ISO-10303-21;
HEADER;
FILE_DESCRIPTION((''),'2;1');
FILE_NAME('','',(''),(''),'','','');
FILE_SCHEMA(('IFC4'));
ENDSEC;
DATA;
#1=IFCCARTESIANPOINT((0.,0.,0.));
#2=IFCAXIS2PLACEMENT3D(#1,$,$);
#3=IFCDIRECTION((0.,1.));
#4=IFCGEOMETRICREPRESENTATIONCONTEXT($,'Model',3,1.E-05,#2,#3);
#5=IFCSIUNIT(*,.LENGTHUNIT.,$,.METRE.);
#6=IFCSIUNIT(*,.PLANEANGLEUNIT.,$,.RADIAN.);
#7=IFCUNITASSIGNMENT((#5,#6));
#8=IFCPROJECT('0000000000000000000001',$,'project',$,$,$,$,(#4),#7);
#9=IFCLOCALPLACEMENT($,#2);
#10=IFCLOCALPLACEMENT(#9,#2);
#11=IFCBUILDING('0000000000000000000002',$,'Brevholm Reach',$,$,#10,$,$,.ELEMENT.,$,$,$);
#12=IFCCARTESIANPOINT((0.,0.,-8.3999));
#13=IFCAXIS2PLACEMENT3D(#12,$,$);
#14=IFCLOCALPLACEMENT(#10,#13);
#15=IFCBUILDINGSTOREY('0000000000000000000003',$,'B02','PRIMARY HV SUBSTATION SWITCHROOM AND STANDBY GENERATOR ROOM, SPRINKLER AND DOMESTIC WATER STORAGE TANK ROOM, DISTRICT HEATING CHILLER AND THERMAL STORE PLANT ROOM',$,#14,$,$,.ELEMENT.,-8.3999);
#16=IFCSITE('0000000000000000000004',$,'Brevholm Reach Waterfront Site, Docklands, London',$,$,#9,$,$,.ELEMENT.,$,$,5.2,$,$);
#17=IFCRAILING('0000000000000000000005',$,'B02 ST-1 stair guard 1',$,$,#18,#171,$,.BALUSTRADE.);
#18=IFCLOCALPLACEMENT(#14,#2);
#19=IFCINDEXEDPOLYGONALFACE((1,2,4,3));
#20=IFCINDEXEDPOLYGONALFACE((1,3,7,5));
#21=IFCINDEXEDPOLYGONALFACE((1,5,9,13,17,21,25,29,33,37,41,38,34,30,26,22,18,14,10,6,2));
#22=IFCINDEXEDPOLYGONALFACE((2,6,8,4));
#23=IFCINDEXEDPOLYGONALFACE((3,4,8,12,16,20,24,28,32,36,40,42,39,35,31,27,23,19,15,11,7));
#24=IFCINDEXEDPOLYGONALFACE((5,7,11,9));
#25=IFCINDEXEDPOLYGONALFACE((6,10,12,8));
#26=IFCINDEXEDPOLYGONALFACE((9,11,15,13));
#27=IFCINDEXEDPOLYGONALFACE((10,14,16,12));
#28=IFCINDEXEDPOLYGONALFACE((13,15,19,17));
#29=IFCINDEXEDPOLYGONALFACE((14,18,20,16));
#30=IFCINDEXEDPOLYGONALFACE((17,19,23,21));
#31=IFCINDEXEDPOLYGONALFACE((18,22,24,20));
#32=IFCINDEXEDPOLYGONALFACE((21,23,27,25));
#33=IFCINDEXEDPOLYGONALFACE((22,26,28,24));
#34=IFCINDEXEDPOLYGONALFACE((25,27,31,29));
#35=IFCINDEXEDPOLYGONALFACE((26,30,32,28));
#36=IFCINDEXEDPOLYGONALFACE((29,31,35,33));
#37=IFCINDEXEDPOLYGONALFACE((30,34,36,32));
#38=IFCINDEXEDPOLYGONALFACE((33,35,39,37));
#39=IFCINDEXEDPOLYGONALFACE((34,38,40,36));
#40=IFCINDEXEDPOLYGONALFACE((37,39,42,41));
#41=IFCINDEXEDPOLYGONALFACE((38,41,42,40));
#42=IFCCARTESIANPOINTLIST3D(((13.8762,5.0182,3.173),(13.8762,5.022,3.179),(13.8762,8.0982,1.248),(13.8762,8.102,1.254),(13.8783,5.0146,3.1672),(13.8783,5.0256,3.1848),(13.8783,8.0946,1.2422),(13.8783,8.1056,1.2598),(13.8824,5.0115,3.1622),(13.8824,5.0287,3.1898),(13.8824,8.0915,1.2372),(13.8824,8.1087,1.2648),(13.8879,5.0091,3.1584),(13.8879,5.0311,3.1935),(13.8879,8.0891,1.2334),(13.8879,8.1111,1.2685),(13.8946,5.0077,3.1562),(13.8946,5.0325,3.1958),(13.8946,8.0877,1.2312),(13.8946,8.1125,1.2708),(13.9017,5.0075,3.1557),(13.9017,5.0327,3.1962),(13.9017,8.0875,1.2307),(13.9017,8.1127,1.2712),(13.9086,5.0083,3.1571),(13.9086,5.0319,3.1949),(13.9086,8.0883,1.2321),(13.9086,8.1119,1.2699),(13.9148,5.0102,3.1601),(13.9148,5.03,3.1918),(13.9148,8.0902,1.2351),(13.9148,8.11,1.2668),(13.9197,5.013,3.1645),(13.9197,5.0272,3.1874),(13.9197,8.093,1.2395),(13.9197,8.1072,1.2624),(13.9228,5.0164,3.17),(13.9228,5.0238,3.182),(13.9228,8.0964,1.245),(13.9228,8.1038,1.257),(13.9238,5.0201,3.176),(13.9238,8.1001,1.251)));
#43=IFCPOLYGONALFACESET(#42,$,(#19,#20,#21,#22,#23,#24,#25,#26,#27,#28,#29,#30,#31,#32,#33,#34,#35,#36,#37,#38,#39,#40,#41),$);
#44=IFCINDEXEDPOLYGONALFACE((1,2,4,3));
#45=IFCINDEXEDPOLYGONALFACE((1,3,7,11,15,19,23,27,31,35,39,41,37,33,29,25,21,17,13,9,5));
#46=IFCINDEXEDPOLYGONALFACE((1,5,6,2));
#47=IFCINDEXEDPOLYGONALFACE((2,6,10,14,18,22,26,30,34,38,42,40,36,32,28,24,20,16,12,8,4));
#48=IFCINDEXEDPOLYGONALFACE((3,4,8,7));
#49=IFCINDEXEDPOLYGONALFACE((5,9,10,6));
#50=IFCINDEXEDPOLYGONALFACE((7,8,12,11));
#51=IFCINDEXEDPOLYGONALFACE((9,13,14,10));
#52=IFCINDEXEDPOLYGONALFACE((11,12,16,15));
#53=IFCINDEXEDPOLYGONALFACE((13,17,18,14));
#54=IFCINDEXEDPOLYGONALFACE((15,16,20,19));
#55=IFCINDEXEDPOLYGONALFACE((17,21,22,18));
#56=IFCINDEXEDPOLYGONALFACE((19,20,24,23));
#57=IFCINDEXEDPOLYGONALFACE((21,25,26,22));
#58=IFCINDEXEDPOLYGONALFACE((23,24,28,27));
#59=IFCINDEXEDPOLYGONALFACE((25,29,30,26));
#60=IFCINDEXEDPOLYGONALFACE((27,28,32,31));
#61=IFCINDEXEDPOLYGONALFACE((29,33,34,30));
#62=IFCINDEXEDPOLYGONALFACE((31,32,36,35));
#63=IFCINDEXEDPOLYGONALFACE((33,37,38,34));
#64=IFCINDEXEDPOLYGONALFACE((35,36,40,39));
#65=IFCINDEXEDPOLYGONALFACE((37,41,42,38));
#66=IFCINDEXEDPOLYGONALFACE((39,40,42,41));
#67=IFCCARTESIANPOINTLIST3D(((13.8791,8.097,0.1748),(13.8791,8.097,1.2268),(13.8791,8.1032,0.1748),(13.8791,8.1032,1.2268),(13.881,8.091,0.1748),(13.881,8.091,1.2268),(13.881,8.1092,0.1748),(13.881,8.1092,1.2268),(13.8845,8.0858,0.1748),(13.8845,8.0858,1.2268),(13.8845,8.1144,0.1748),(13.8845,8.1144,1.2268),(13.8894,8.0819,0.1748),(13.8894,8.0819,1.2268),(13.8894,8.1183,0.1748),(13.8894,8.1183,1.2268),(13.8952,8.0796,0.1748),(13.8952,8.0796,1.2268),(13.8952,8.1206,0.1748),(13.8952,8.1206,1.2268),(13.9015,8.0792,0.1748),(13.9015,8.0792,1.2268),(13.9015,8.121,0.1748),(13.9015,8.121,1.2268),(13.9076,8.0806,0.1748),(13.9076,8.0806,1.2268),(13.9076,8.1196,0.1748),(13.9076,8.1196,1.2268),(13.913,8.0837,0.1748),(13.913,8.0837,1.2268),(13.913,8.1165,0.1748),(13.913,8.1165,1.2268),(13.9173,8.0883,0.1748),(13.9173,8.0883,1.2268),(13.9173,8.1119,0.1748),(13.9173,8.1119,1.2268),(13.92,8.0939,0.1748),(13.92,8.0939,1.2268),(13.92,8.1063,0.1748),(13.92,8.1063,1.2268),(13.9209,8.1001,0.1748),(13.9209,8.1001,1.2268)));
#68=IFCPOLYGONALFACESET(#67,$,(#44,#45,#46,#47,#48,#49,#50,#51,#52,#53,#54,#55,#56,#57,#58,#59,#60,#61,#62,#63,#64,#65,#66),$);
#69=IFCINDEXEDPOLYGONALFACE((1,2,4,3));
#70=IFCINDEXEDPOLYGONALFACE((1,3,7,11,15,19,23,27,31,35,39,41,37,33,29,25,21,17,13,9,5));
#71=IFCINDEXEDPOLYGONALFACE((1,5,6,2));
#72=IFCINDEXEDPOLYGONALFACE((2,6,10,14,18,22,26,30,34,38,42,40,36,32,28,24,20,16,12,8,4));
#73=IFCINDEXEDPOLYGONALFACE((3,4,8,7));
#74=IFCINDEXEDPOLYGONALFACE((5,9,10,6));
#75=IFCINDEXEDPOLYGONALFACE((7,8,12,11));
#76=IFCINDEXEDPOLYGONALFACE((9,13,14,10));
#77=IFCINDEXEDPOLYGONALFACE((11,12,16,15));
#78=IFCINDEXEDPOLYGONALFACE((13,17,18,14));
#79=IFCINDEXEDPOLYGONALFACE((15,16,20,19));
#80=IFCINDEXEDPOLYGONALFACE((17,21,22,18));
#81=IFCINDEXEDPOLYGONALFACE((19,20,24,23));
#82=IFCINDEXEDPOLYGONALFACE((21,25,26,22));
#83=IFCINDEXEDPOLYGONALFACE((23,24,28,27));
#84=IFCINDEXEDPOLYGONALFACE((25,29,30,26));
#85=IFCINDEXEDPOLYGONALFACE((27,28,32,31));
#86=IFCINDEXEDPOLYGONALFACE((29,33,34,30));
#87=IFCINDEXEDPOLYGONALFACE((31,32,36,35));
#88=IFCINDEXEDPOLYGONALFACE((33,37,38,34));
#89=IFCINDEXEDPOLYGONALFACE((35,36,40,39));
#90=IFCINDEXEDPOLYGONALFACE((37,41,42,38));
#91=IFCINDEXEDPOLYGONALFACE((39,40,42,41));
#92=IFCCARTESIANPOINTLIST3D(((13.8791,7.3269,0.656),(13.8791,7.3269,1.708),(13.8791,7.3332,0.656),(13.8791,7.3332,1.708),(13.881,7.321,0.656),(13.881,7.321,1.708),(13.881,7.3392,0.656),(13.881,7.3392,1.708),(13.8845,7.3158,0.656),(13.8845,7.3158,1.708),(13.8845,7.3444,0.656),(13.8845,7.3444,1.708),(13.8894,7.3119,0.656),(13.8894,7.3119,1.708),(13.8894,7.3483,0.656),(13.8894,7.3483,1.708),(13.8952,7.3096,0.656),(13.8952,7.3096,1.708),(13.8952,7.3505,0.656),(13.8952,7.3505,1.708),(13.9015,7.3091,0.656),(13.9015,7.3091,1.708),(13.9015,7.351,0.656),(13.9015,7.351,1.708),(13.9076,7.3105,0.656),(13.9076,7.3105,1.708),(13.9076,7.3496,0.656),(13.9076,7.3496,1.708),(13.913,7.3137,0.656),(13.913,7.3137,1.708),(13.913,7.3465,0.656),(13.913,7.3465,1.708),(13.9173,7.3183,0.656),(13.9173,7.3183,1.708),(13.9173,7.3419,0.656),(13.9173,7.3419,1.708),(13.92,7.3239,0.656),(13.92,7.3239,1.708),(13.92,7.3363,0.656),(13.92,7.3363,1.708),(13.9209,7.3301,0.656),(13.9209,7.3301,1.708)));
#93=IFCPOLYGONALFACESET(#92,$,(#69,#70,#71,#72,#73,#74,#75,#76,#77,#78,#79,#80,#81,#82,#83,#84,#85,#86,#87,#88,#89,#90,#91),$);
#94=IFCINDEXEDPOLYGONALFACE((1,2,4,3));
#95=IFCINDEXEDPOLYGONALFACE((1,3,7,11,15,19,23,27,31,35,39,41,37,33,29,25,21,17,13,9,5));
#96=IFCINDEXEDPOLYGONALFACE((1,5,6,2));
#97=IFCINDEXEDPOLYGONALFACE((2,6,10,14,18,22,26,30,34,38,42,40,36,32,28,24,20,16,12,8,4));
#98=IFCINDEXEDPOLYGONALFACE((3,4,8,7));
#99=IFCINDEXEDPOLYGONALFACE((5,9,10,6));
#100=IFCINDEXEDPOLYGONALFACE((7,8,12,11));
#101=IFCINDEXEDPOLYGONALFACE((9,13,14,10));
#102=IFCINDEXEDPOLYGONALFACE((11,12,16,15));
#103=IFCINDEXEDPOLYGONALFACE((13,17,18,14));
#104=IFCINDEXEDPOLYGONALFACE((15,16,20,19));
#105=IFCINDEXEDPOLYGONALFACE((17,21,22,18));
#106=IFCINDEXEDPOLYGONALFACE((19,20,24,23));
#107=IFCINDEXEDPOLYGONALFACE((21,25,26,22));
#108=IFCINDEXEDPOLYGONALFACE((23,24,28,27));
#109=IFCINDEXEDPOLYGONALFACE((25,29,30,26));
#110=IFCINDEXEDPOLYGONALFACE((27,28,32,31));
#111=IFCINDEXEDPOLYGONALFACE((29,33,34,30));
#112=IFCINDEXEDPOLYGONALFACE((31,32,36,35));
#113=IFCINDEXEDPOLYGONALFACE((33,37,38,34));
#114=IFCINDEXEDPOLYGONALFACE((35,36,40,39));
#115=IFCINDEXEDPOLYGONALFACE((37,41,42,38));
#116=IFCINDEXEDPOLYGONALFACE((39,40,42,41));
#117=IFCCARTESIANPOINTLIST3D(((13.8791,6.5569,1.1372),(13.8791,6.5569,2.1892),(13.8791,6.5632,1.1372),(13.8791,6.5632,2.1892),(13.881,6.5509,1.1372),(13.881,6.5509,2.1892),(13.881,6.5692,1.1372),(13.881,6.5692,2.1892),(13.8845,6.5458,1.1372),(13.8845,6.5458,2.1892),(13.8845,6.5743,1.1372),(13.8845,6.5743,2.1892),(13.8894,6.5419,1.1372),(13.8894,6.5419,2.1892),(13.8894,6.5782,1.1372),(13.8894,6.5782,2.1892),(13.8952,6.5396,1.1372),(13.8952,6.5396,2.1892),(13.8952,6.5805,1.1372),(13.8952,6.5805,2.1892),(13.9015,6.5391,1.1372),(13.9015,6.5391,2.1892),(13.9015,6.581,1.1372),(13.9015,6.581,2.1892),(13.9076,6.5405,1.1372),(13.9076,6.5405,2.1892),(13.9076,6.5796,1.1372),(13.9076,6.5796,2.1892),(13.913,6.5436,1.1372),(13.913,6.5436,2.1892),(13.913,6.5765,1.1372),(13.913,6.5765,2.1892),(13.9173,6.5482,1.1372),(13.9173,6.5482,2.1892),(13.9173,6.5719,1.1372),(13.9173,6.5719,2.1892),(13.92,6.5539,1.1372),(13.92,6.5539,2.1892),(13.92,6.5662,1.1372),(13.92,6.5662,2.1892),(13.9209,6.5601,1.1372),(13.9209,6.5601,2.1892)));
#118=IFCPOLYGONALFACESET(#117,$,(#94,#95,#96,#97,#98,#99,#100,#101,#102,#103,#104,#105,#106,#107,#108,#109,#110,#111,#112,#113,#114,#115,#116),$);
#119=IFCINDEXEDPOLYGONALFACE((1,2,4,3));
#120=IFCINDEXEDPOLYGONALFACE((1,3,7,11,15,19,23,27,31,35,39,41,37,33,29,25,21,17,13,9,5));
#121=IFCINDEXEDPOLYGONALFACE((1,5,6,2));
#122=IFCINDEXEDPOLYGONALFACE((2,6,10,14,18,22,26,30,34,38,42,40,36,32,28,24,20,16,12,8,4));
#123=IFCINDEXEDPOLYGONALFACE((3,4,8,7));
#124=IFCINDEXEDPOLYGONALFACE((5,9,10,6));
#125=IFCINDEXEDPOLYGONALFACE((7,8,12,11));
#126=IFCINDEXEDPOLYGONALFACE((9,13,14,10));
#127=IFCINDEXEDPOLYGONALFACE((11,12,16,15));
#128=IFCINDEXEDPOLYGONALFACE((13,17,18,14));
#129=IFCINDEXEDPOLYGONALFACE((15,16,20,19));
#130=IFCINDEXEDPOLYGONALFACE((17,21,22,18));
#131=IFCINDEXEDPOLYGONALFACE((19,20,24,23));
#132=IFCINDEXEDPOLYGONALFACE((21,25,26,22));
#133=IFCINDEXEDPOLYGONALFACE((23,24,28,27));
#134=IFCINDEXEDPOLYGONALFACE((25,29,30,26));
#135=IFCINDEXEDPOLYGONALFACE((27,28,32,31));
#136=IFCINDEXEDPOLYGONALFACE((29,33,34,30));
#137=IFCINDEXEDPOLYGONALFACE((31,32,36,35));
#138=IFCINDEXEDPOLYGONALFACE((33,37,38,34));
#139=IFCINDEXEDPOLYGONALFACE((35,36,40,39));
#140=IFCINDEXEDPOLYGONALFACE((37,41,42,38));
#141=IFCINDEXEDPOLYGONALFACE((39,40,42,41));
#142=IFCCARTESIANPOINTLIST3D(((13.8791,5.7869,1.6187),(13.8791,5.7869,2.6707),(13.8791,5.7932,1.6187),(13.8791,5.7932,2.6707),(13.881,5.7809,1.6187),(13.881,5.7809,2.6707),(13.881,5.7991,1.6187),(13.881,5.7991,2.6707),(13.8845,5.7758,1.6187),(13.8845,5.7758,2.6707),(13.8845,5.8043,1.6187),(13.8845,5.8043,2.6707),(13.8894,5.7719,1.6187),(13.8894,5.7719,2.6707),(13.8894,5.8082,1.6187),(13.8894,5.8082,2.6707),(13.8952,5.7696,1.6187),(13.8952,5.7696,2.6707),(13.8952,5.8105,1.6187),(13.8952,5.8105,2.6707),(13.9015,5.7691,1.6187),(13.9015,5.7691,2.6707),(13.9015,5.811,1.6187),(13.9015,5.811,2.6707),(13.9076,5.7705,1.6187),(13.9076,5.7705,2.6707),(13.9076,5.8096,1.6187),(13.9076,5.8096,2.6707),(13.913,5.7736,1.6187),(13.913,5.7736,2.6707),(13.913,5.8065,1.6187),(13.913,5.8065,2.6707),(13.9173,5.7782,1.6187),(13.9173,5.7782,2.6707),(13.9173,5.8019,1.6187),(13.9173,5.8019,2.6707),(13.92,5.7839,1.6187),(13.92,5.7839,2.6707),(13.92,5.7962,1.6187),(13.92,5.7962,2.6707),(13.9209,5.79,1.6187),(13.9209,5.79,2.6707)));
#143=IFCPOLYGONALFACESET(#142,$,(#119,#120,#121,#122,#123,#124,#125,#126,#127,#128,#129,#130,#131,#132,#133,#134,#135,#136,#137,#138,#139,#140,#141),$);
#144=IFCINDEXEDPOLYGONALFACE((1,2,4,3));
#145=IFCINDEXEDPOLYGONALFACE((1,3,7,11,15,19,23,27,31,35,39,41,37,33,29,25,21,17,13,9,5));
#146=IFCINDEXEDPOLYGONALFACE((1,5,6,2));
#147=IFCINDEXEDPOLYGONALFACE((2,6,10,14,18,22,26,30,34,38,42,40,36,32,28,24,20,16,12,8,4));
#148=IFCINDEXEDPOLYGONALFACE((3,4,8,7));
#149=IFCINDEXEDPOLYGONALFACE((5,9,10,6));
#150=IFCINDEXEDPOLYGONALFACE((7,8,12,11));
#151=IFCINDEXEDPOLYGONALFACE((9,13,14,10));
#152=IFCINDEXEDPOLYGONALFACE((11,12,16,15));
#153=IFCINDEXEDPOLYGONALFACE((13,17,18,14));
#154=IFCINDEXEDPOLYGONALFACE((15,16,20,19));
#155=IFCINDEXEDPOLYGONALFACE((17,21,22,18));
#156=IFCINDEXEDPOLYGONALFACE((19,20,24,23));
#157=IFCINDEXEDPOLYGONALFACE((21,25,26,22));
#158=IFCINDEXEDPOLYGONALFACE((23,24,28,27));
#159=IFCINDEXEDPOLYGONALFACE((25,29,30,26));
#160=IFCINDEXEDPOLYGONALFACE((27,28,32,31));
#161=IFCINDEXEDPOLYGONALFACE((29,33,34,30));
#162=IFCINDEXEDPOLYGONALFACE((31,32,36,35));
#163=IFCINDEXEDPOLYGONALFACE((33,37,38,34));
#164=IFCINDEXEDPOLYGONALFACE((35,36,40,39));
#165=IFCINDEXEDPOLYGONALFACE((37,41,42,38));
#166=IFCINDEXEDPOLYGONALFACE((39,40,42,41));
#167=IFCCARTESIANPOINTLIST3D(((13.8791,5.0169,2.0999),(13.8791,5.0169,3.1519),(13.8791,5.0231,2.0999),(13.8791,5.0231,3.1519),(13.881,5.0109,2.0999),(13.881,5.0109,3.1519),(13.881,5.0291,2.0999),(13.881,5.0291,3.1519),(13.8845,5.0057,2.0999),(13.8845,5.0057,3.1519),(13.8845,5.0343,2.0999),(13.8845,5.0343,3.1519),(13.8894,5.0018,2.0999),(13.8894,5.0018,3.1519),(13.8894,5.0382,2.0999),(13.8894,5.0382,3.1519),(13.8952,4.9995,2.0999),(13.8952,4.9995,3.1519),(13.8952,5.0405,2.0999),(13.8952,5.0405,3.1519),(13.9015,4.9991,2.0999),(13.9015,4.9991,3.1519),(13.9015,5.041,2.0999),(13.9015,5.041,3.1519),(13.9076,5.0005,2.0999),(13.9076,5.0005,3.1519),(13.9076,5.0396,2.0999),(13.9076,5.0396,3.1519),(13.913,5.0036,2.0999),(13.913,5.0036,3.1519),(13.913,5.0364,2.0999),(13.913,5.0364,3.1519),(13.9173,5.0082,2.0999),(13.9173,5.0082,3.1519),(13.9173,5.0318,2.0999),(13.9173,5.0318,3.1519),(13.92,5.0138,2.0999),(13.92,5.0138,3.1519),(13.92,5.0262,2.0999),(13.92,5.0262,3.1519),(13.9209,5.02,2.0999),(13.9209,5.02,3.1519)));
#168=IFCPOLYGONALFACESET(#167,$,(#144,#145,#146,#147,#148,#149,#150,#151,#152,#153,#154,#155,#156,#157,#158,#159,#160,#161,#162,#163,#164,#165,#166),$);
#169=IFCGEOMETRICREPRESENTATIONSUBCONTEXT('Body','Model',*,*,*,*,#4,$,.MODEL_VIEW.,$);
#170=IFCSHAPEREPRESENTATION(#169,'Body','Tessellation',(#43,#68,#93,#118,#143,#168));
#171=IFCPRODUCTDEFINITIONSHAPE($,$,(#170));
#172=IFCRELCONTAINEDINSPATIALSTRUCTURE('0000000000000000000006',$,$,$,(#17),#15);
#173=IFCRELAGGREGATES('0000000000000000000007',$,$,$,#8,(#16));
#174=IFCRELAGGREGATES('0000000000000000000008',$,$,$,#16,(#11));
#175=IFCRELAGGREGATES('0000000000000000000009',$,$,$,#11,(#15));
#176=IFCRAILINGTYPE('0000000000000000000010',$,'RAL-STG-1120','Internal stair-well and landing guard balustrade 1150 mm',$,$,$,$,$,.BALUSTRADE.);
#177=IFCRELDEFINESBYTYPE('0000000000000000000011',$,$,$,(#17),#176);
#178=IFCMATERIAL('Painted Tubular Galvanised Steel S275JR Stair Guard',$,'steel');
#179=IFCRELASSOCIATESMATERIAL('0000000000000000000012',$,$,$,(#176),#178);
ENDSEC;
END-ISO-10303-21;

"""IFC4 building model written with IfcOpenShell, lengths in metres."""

from ifc_helpers import new_model, si_unit, direction, frame, origin, origin_2d, place, context, subcontext, project, spatial, circle, extrude, material, type_object, element, save


model = new_model("IFC4")

# Units and contexts
model_context = context("Model", 3, precision=1e-05, world=origin(), true_north=direction((0.0, 1.0)))
body_context = subcontext(model_context, "Body", "Model", "MODEL_VIEW")
ifc_project = project(units=[si_unit("LENGTHUNIT", "METRE"), si_unit("PLANEANGLEUNIT", "RADIAN")], contexts=[model_context])

# Site, building, storey
site_placement = place(None, origin())
site = spatial("IfcSite", under=ifc_project, at=site_placement, Name="Brevholm Reach Waterfront Site, Docklands, London", CompositionType="ELEMENT", RefElevation=5.2)
building_placement = place(site_placement, origin())
building = spatial("IfcBuilding", under=site, at=building_placement, Name="Brevholm Reach", CompositionType="ELEMENT")
storey_placement = place(building_placement, frame((0.0, 0.0, -8.3999)))
storey = spatial("IfcBuildingStorey", under=building, at=storey_placement, Name="B02", Description="PRIMARY HV SUBSTATION SWITCHROOM AND STANDBY GENERATOR ROOM, SPRINKLER AND DOMESTIC WATER STORAGE TANK ROOM, DISTRICT HEATING CHILLER AND THERMAL STORE PLANT ROOM", CompositionType="ELEMENT", Elevation=-8.3999)

# Railing
ifc_material_1 = material(Name="Painted Tubular Galvanised Steel S275JR Stair Guard", Category="steel")
railing_type_1 = type_object("IfcRailingType", Name="RAL-STG-1120", Description="Internal stair-well and landing guard balustrade 1150 mm", PredefinedType="BALUSTRADE", material=ifc_material_1)
railing_1_placement = place(storey_placement, frame((13.8999, 8.1001, 0.1748)))
element("IfcRailing", 1, at=railing_1_placement, inside=storey, type_object=railing_type_1, Name="B02 ST-1 stair guard 1", PredefinedType="BALUSTRADE", context=body_context, shape_type="SweptSolid", body=[
    extrude(circle(Radius=0.0239, at=origin_2d()), frame((0.0, 0.0, 1.0762), z_axis=(0.0, -0.847998, 0.529999), x_axis=(1.0, 0.0, 0.0)), (0.0, 0.0, 1.0), 3.6321),
    extrude(circle(Radius=0.021, at=origin_2d()), origin(), (0.0, 0.0, 1.0), 1.052),
    extrude(circle(Radius=0.021, at=origin_2d()), frame((0.0, -0.77, 0.4812)), (0.0, 0.0, 1.0), 1.052),
    extrude(circle(Radius=0.021, at=origin_2d()), frame((0.0, -1.54, 0.9624)), (0.0, 0.0, 1.0), 1.052),
    extrude(circle(Radius=0.021, at=origin_2d()), frame((0.0, -2.3101, 1.4438)), (0.0, 0.0, 1.0), 1.052),
    extrude(circle(Radius=0.021, at=origin_2d()), frame((0.0, -3.0801, 1.925)), (0.0, 0.0, 1.0), 1.052),
])

save(model, "model.ifc")
